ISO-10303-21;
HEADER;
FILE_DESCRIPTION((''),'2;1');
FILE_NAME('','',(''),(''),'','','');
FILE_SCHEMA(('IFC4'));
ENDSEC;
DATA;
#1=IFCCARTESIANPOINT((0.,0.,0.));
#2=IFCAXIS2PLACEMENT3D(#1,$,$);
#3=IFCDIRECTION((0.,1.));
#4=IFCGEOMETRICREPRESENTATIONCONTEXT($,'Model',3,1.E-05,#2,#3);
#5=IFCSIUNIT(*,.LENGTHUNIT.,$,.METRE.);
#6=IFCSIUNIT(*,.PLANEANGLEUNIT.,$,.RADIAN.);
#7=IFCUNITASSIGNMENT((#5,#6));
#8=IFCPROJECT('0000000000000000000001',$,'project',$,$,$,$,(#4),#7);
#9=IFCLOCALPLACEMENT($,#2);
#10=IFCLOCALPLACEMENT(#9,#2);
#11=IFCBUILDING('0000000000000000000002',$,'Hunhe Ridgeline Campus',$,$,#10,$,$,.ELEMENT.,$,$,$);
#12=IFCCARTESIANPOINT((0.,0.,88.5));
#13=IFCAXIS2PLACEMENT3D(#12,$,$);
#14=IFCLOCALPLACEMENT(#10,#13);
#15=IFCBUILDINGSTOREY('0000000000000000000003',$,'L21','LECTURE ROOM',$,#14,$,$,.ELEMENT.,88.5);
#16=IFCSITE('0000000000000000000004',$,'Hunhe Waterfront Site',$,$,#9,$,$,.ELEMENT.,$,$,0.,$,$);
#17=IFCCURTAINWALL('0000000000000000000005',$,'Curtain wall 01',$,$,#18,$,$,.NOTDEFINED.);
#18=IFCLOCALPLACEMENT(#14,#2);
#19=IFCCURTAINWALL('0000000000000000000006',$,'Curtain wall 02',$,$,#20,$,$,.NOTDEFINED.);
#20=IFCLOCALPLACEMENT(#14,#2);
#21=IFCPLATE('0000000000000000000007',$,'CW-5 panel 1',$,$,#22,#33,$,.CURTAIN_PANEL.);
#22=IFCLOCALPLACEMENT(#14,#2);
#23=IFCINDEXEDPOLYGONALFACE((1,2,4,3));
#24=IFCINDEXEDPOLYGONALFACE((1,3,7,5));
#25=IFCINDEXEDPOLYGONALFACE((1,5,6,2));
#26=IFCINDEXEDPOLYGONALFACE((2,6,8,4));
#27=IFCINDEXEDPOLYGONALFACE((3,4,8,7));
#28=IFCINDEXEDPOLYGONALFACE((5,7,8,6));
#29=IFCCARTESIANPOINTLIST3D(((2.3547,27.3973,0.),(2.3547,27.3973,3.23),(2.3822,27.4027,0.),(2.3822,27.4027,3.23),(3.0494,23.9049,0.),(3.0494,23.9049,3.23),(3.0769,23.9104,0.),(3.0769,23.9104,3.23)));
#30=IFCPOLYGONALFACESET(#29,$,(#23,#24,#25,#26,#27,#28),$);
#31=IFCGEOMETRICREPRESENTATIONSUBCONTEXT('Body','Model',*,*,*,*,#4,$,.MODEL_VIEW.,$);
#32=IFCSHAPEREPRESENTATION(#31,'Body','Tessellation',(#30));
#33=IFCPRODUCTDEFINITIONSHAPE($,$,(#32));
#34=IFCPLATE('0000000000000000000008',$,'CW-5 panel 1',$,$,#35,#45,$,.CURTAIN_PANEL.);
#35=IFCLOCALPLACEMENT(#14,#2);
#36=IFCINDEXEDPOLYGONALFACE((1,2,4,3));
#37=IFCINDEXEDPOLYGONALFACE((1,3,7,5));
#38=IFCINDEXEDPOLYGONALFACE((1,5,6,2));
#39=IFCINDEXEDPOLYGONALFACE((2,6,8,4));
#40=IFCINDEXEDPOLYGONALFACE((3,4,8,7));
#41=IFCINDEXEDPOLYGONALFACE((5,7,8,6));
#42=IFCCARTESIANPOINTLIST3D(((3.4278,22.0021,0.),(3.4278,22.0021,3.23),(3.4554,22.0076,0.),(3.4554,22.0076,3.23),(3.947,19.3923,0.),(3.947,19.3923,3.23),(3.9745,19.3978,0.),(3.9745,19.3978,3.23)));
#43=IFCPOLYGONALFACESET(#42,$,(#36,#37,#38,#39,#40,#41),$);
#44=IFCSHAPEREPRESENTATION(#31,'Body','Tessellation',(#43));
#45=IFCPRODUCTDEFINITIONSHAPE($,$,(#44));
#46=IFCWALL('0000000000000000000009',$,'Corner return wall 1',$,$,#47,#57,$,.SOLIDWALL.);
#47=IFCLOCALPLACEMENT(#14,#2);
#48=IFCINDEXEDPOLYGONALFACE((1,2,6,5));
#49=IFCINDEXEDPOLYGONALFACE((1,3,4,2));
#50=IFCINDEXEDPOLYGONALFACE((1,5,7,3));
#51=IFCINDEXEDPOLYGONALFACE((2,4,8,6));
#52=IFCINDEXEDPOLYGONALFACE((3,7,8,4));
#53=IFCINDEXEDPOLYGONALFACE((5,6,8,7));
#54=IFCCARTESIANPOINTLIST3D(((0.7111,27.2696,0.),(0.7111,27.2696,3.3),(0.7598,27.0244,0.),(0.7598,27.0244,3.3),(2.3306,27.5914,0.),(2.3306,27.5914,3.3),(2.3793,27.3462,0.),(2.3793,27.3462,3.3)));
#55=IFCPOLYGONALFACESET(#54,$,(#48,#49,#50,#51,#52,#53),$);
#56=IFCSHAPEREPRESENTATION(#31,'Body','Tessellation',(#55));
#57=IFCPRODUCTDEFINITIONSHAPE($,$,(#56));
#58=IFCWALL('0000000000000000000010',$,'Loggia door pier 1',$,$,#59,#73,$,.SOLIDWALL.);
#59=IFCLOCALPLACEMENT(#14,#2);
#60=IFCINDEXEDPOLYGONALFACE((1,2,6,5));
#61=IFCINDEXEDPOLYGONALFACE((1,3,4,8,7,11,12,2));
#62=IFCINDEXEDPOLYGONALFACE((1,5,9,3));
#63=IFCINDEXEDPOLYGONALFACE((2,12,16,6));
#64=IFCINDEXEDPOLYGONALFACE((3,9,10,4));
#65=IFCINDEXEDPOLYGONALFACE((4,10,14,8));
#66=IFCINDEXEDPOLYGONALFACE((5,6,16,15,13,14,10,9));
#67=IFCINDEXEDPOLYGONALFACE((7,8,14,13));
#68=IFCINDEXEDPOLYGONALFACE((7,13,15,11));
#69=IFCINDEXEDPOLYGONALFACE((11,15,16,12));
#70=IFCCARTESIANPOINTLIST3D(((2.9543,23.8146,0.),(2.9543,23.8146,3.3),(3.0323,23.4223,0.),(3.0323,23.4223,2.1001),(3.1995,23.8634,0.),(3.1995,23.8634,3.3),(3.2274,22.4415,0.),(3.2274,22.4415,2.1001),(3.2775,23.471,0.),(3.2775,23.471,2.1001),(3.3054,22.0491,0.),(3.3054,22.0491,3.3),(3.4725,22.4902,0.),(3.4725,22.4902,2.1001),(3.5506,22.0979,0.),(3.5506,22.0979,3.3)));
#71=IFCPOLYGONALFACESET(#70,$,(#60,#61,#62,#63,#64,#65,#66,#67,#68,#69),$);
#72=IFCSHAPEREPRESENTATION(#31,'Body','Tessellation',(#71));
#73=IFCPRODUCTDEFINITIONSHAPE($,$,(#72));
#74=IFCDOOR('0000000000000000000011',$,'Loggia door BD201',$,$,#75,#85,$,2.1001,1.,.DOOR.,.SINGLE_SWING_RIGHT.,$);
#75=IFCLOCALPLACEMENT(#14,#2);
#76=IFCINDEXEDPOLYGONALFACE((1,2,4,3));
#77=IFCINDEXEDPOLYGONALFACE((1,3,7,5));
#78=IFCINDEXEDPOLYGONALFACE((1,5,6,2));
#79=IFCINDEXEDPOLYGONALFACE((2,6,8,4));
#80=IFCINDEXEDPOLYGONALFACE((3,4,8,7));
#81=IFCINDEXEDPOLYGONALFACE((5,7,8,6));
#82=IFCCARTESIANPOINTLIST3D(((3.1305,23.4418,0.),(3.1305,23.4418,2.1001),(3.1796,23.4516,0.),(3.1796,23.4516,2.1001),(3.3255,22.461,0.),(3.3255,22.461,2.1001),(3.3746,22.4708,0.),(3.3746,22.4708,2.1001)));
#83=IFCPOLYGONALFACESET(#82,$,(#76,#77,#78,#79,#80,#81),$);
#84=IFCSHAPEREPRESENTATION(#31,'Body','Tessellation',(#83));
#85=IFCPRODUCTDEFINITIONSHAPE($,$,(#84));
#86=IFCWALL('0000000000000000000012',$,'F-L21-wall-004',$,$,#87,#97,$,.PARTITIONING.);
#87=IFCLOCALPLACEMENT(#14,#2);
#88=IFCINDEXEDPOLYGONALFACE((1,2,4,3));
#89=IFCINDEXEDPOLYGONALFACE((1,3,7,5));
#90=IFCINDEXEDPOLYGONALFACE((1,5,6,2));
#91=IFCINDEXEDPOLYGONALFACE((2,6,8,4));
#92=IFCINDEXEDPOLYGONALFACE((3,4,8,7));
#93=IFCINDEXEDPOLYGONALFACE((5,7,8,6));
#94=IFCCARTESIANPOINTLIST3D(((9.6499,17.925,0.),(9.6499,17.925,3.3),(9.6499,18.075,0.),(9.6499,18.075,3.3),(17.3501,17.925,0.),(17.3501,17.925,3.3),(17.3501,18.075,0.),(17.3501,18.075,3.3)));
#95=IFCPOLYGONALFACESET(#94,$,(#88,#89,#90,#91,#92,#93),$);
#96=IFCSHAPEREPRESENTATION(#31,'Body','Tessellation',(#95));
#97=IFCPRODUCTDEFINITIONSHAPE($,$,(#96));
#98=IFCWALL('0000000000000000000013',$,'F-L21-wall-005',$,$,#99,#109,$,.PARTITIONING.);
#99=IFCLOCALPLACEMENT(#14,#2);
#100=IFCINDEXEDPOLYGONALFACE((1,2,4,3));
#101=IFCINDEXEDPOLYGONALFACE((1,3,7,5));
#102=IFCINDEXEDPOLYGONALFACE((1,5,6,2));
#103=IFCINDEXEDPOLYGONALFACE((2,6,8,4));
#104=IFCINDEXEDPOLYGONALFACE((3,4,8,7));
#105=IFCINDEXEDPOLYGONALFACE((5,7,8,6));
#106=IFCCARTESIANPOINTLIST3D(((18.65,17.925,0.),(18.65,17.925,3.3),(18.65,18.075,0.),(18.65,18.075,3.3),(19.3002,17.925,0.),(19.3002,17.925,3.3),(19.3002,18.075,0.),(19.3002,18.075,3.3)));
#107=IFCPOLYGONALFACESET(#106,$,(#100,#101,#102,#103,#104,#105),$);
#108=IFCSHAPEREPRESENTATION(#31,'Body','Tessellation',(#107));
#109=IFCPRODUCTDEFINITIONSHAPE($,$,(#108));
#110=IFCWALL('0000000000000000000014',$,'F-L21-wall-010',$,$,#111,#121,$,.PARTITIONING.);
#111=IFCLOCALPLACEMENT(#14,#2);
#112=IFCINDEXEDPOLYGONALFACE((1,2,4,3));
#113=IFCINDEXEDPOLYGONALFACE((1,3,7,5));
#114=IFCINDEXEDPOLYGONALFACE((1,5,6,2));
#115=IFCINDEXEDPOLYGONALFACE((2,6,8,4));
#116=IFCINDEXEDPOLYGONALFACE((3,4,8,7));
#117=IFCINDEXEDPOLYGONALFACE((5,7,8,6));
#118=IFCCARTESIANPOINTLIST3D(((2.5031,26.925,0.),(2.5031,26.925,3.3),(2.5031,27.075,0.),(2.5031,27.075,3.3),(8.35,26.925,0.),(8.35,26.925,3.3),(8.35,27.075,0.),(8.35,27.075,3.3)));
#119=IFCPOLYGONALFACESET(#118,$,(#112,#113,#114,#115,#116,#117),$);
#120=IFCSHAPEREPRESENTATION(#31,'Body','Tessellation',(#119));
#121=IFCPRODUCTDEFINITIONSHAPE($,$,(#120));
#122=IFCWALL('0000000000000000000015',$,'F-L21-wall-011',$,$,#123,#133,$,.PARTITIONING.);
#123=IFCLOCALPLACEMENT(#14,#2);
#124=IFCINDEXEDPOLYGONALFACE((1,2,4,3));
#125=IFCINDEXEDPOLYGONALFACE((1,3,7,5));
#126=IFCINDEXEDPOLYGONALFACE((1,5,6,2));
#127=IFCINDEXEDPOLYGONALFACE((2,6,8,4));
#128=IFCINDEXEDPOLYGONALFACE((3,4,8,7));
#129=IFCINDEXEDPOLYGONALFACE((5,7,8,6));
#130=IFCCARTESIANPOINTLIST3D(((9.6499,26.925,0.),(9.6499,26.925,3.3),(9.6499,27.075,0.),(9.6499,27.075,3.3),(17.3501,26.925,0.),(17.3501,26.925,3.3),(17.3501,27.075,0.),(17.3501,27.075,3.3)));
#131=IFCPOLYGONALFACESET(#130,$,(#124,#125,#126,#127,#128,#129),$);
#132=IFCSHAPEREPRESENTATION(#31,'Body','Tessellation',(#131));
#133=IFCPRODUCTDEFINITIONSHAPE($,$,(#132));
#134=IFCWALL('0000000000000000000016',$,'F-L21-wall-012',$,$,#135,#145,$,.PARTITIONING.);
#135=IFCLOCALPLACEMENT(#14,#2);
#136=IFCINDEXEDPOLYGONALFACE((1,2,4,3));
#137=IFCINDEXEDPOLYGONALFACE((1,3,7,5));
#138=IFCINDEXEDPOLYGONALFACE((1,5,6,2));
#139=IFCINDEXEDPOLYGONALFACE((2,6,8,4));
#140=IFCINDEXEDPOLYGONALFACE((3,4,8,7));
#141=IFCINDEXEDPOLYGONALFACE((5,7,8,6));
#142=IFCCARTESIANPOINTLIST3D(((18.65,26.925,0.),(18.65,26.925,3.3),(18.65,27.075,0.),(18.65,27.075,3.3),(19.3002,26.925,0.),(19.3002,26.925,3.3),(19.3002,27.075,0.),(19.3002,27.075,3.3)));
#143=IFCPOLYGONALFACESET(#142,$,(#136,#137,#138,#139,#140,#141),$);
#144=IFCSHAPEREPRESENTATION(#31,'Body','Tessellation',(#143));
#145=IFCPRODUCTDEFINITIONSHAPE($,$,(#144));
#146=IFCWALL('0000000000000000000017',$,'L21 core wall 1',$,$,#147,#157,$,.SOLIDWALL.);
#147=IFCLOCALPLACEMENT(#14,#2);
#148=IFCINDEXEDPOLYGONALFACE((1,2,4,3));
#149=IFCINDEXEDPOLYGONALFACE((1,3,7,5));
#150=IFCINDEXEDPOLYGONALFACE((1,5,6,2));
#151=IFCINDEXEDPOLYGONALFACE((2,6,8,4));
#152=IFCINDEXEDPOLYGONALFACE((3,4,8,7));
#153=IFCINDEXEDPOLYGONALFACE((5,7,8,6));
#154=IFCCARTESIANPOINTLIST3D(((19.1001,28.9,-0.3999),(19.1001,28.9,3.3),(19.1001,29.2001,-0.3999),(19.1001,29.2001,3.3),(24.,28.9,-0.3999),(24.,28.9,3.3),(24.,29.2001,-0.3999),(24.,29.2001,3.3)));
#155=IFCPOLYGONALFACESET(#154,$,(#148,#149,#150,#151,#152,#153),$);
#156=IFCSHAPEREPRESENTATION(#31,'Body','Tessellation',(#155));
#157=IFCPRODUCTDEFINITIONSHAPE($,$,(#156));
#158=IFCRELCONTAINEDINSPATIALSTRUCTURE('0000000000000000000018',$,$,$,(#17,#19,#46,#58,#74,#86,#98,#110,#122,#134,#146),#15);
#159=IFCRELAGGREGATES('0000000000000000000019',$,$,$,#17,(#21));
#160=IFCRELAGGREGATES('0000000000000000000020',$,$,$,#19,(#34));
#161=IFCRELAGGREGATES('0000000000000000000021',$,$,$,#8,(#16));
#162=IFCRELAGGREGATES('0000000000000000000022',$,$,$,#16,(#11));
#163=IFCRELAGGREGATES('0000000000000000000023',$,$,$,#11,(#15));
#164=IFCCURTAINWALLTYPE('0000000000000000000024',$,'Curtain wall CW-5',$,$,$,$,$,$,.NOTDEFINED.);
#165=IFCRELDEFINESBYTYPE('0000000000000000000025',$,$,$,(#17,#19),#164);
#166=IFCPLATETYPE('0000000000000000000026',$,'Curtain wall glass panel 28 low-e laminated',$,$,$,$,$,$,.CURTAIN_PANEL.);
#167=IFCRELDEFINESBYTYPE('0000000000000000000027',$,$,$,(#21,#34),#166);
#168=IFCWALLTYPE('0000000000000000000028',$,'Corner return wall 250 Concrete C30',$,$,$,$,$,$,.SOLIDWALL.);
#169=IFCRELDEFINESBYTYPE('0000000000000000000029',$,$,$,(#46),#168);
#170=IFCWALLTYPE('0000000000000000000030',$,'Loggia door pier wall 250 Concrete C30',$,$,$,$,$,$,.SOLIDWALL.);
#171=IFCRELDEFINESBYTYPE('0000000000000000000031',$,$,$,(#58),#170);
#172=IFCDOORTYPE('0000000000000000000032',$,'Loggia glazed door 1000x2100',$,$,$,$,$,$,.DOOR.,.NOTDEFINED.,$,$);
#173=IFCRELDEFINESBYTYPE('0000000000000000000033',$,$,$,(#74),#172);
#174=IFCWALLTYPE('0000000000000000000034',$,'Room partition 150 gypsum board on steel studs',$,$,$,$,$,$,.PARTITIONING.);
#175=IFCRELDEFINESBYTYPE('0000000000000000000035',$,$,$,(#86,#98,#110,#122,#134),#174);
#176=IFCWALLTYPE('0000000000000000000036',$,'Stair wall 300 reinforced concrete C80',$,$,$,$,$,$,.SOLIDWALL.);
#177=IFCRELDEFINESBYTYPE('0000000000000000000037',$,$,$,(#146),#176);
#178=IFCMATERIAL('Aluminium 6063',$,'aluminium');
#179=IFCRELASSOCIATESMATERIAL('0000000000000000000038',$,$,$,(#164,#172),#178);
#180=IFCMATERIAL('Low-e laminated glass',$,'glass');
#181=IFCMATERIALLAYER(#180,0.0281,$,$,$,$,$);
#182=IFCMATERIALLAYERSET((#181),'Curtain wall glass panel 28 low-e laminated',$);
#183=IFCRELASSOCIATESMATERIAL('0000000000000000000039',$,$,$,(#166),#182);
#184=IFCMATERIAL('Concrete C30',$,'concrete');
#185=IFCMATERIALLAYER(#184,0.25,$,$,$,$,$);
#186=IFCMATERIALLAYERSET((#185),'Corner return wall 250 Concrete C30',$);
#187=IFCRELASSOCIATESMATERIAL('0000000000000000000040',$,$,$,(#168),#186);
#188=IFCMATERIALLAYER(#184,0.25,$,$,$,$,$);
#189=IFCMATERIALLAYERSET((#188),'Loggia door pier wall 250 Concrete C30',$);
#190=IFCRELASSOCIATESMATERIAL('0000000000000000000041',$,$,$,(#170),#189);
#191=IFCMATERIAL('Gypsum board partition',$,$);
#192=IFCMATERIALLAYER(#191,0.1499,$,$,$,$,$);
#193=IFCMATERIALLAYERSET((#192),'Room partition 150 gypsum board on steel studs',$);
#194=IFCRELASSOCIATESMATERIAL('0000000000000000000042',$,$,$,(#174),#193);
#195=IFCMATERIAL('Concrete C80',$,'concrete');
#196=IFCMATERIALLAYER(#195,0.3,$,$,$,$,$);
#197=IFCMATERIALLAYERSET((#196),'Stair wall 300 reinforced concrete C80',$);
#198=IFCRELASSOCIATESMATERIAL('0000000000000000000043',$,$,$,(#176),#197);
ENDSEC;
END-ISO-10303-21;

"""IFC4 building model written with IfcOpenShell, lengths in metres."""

from ifc_helpers import new_model, si_unit, direction, frame, frame_2d, origin, origin_2d, place, context, subcontext, project, spatial, rectangle, extrude, material, layer, layer_set, type_object, element, fill, aggregate, save


model = new_model("IFC4")

# Units and contexts
model_context = context("Model", 3, precision=1e-05, world=origin(), true_north=direction((0.0, 1.0)))
body_context = subcontext(model_context, "Body", "Model", "MODEL_VIEW")
ifc_project = project(units=[si_unit("LENGTHUNIT", "METRE"), si_unit("PLANEANGLEUNIT", "RADIAN")], contexts=[model_context])

# Site, building, storey
site_placement = place(None, origin())
site = spatial("IfcSite", under=ifc_project, at=site_placement, Name="Hunhe Waterfront Site", CompositionType="ELEMENT", RefElevation=0.0)
building_placement = place(site_placement, origin())
building = spatial("IfcBuilding", under=site, at=building_placement, Name="Hunhe Ridgeline Campus", CompositionType="ELEMENT")
storey_placement = place(building_placement, frame((0.0, 0.0, 88.5)))
storey = spatial("IfcBuildingStorey", under=building, at=storey_placement, Name="L21", Description="LECTURE ROOM", CompositionType="ELEMENT", Elevation=88.5)

# Curtain walls
ifc_material_1 = material(Name="Aluminium 6063", Category="aluminium")
curtain_wall_type = type_object("IfcCurtainWallType", Name="Curtain wall CW-5", PredefinedType="NOTDEFINED", material=ifc_material_1)
curtain_wall_1_placement = place(storey_placement, origin())
curtain_wall_1 = element("IfcCurtainWall", 1, at=curtain_wall_1_placement, inside=storey, type_object=curtain_wall_type, Name="Curtain wall 01", PredefinedType="NOTDEFINED")
curtain_wall_2_placement = place(storey_placement, origin())
curtain_wall_2 = element("IfcCurtainWall", 2, at=curtain_wall_2_placement, inside=storey, type_object=curtain_wall_type, Name="Curtain wall 02", PredefinedType="NOTDEFINED")

# Plates
ifc_material_2 = material(Name="Low-e laminated glass", Category="glass")
ifc_layer_1 = layer(ifc_material_2, 0.0281)
ifc_layer_set_1 = layer_set([ifc_layer_1], Name="Curtain wall glass panel 28 low-e laminated")
plate_type = type_object("IfcPlateType", Name="Curtain wall glass panel 28 low-e laminated", PredefinedType="CURTAIN_PANEL", material=ifc_layer_set_1)
plate_1_placement = place(storey_placement, frame((2.7158, 25.6538, 0.0), z_axis=(0.0, 0.0, 1.0), x_axis=(0.195095, -0.980784, 0.0)))
plate_1 = element("IfcPlate", 3, at=plate_1_placement, type_object=plate_type, Name="CW-5 panel 1", PredefinedType="CURTAIN_PANEL", context=body_context, shape_type="SweptSolid", body=[
    extrude(rectangle(XDim=3.5608, YDim=0.0281, at=origin_2d()), origin(), (0.0, 0.0, 1.0), 3.23),
])
aggregate(curtain_wall_1, [plate_1])
plate_2_placement = place(storey_placement, frame((3.7012, 20.7, 0.0), z_axis=(0.0, 0.0, 1.0), x_axis=(0.195095, -0.980784, 0.0)))
plate_2 = element("IfcPlate", 4, at=plate_2_placement, type_object=plate_type, Name="CW-5 panel 1", PredefinedType="CURTAIN_PANEL", context=body_context, shape_type="SweptSolid", body=[
    extrude(rectangle(XDim=2.6609, YDim=0.0281, at=origin_2d()), origin(), (0.0, 0.0, 1.0), 3.23),
])
aggregate(curtain_wall_2, [plate_2])

# Wall
ifc_material_3 = material(Name="Concrete C30", Category="concrete")
ifc_layer_2 = layer(ifc_material_3, 0.25)
ifc_layer_set_2 = layer_set([ifc_layer_2], Name="Corner return wall 250 Concrete C30")
wall_type_1 = type_object("IfcWallType", Name="Corner return wall 250 Concrete C30", PredefinedType="SOLIDWALL", material=ifc_layer_set_2)
wall_1_placement = place(storey_placement, frame((0.7354, 27.147, 0.0), z_axis=(0.0, 0.0, 1.0), x_axis=(0.980824, 0.194893, 0.0)))
element("IfcWall", 5, at=wall_1_placement, inside=storey, type_object=wall_type_1, Name="Corner return wall 1", PredefinedType="SOLIDWALL", context=body_context, shape_type="SweptSolid", body=[
    extrude(rectangle(XDim=1.6511, YDim=0.25, at=frame_2d((0.8257, 0.0))), origin(), (0.0, 0.0, 1.0), 3.3),
])

# Wall, opening, door
ifc_layer_3 = layer(ifc_material_3, 0.25)
ifc_layer_set_3 = layer_set([ifc_layer_3], Name="Loggia door pier wall 250 Concrete C30")
wall_type_2 = type_object("IfcWallType", Name="Loggia door pier wall 250 Concrete C30", PredefinedType="SOLIDWALL", material=ifc_layer_set_3)
wall_2_placement = place(storey_placement, frame((3.0769, 23.8389, 0.0), z_axis=(0.0, 0.0, 1.0), x_axis=(0.195047, -0.980794, 0.0)))
wall_2 = element("IfcWall", 6, at=wall_2_placement, inside=storey, type_object=wall_type_2, Name="Loggia door pier 1", PredefinedType="SOLIDWALL", context=body_context, shape_type="SweptSolid", body=[
    extrude(rectangle(XDim=1.8, YDim=0.25, at=frame_2d((0.8999, 0.0))), origin(), (0.0, 0.0, 1.0), 3.3),
])
opening_placement = place(wall_2_placement, frame((0.3999, 0.0, 0.0)))
opening = element("IfcOpeningElement", 7, at=opening_placement, cuts=wall_2, PredefinedType="OPENING", context=body_context, shape_type="SweptSolid", body=[
    extrude(rectangle(XDim=1.0, YDim=2.1001, at=frame_2d((0.5, 1.05))), frame((0.0, 0.125, 0.0), z_axis=(0.0, -1.0, 0.0), x_axis=(1.0, 0.0, 0.0)), (0.0, 0.0, 1.0), 0.25),
])
door_type = type_object("IfcDoorType", Name="Loggia glazed door 1000x2100", OperationType="NOTDEFINED", PredefinedType="DOOR", material=ifc_material_1)
door_placement = place(opening_placement, frame((1.0, 0.0, 0.0), z_axis=(0.0, 0.0, 1.0), x_axis=(-1.0, 0.0, 0.0)))
door = element("IfcDoor", 8, at=door_placement, inside=storey, type_object=door_type, Name="Loggia door BD201", OperationType="SINGLE_SWING_RIGHT", OverallHeight=2.1001, OverallWidth=1.0, PredefinedType="DOOR", context=body_context, shape_type="SweptSolid", body=[
    extrude(rectangle(XDim=1.0, YDim=2.1001, at=frame_2d((0.5, 1.05))), frame((0.0, 0.0249, 0.0), z_axis=(0.0, -1.0, 0.0), x_axis=(1.0, 0.0, 0.0)), (0.0, 0.0, 1.0), 0.05),
])
fill(opening, door)

# Walls
ifc_material_4 = material(Name="Gypsum board partition")
ifc_layer_4 = layer(ifc_material_4, 0.1499)
ifc_layer_set_4 = layer_set([ifc_layer_4], Name="Room partition 150 gypsum board on steel studs")
wall_type_3 = type_object("IfcWallType", Name="Room partition 150 gypsum board on steel studs", PredefinedType="PARTITIONING", material=ifc_layer_set_4)
wall_3_placement = place(storey_placement, frame((9.6499, 18.0, 0.0), z_axis=(0.0, 0.0, 1.0), x_axis=(1.0, 0.0, 0.0)))
element("IfcWall", 9, at=wall_3_placement, inside=storey, type_object=wall_type_3, Name="F-L21-wall-004", PredefinedType="PARTITIONING", context=body_context, shape_type="SweptSolid", body=[
    extrude(rectangle(XDim=7.7002, YDim=0.1499, at=frame_2d((3.8501, 0.0))), origin(), (0.0, 0.0, 1.0), 3.3),
])
wall_4_placement = place(storey_placement, frame((18.6499, 18.0, 0.0), z_axis=(0.0, 0.0, 1.0), x_axis=(1.0, 0.0, 0.0)))
element("IfcWall", 10, at=wall_4_placement, inside=storey, type_object=wall_type_3, Name="F-L21-wall-005", PredefinedType="PARTITIONING", context=body_context, shape_type="SweptSolid", body=[
    extrude(rectangle(XDim=0.6501, YDim=0.1499, at=frame_2d((0.3252, 0.0))), origin(), (0.0, 0.0, 1.0), 3.3),
])
wall_5_placement = place(storey_placement, frame((2.5032, 27.0, 0.0), z_axis=(0.0, 0.0, 1.0), x_axis=(1.0, 0.0, 0.0)))
element("IfcWall", 11, at=wall_5_placement, inside=storey, type_object=wall_type_3, Name="F-L21-wall-010", PredefinedType="PARTITIONING", context=body_context, shape_type="SweptSolid", body=[
    extrude(rectangle(XDim=5.8469, YDim=0.1499, at=frame_2d((2.9233, 0.0))), origin(), (0.0, 0.0, 1.0), 3.3),
])
wall_6_placement = place(storey_placement, frame((9.6499, 27.0, 0.0), z_axis=(0.0, 0.0, 1.0), x_axis=(1.0, 0.0, 0.0)))
element("IfcWall", 12, at=wall_6_placement, inside=storey, type_object=wall_type_3, Name="F-L21-wall-011", PredefinedType="PARTITIONING", context=body_context, shape_type="SweptSolid", body=[
    extrude(rectangle(XDim=7.7002, YDim=0.1499, at=frame_2d((3.8501, 0.0))), origin(), (0.0, 0.0, 1.0), 3.3),
])
wall_7_placement = place(storey_placement, frame((18.6499, 27.0, 0.0), z_axis=(0.0, 0.0, 1.0), x_axis=(1.0, 0.0, 0.0)))
element("IfcWall", 13, at=wall_7_placement, inside=storey, type_object=wall_type_3, Name="F-L21-wall-012", PredefinedType="PARTITIONING", context=body_context, shape_type="SweptSolid", body=[
    extrude(rectangle(XDim=0.6501, YDim=0.1499, at=frame_2d((0.3252, 0.0))), origin(), (0.0, 0.0, 1.0), 3.3),
])
ifc_material_5 = material(Name="Concrete C80", Category="concrete")
ifc_layer_5 = layer(ifc_material_5, 0.3)
ifc_layer_set_5 = layer_set([ifc_layer_5], Name="Stair wall 300 reinforced concrete C80")
wall_type_4 = type_object("IfcWallType", Name="Stair wall 300 reinforced concrete C80", PredefinedType="SOLIDWALL", material=ifc_layer_set_5)
wall_8_placement = place(storey_placement, frame((19.1001, 29.05, -0.3999), z_axis=(0.0, 0.0, 1.0), x_axis=(1.0, 0.0, 0.0)))
element("IfcWall", 14, at=wall_8_placement, inside=storey, type_object=wall_type_4, Name="L21 core wall 1", PredefinedType="SOLIDWALL", context=body_context, shape_type="SweptSolid", body=[
    extrude(rectangle(XDim=4.8999, YDim=0.3, at=frame_2d((2.45, 0.0))), origin(), (0.0, 0.0, 1.0), 3.7),
])

save(model, "model.ifc")
